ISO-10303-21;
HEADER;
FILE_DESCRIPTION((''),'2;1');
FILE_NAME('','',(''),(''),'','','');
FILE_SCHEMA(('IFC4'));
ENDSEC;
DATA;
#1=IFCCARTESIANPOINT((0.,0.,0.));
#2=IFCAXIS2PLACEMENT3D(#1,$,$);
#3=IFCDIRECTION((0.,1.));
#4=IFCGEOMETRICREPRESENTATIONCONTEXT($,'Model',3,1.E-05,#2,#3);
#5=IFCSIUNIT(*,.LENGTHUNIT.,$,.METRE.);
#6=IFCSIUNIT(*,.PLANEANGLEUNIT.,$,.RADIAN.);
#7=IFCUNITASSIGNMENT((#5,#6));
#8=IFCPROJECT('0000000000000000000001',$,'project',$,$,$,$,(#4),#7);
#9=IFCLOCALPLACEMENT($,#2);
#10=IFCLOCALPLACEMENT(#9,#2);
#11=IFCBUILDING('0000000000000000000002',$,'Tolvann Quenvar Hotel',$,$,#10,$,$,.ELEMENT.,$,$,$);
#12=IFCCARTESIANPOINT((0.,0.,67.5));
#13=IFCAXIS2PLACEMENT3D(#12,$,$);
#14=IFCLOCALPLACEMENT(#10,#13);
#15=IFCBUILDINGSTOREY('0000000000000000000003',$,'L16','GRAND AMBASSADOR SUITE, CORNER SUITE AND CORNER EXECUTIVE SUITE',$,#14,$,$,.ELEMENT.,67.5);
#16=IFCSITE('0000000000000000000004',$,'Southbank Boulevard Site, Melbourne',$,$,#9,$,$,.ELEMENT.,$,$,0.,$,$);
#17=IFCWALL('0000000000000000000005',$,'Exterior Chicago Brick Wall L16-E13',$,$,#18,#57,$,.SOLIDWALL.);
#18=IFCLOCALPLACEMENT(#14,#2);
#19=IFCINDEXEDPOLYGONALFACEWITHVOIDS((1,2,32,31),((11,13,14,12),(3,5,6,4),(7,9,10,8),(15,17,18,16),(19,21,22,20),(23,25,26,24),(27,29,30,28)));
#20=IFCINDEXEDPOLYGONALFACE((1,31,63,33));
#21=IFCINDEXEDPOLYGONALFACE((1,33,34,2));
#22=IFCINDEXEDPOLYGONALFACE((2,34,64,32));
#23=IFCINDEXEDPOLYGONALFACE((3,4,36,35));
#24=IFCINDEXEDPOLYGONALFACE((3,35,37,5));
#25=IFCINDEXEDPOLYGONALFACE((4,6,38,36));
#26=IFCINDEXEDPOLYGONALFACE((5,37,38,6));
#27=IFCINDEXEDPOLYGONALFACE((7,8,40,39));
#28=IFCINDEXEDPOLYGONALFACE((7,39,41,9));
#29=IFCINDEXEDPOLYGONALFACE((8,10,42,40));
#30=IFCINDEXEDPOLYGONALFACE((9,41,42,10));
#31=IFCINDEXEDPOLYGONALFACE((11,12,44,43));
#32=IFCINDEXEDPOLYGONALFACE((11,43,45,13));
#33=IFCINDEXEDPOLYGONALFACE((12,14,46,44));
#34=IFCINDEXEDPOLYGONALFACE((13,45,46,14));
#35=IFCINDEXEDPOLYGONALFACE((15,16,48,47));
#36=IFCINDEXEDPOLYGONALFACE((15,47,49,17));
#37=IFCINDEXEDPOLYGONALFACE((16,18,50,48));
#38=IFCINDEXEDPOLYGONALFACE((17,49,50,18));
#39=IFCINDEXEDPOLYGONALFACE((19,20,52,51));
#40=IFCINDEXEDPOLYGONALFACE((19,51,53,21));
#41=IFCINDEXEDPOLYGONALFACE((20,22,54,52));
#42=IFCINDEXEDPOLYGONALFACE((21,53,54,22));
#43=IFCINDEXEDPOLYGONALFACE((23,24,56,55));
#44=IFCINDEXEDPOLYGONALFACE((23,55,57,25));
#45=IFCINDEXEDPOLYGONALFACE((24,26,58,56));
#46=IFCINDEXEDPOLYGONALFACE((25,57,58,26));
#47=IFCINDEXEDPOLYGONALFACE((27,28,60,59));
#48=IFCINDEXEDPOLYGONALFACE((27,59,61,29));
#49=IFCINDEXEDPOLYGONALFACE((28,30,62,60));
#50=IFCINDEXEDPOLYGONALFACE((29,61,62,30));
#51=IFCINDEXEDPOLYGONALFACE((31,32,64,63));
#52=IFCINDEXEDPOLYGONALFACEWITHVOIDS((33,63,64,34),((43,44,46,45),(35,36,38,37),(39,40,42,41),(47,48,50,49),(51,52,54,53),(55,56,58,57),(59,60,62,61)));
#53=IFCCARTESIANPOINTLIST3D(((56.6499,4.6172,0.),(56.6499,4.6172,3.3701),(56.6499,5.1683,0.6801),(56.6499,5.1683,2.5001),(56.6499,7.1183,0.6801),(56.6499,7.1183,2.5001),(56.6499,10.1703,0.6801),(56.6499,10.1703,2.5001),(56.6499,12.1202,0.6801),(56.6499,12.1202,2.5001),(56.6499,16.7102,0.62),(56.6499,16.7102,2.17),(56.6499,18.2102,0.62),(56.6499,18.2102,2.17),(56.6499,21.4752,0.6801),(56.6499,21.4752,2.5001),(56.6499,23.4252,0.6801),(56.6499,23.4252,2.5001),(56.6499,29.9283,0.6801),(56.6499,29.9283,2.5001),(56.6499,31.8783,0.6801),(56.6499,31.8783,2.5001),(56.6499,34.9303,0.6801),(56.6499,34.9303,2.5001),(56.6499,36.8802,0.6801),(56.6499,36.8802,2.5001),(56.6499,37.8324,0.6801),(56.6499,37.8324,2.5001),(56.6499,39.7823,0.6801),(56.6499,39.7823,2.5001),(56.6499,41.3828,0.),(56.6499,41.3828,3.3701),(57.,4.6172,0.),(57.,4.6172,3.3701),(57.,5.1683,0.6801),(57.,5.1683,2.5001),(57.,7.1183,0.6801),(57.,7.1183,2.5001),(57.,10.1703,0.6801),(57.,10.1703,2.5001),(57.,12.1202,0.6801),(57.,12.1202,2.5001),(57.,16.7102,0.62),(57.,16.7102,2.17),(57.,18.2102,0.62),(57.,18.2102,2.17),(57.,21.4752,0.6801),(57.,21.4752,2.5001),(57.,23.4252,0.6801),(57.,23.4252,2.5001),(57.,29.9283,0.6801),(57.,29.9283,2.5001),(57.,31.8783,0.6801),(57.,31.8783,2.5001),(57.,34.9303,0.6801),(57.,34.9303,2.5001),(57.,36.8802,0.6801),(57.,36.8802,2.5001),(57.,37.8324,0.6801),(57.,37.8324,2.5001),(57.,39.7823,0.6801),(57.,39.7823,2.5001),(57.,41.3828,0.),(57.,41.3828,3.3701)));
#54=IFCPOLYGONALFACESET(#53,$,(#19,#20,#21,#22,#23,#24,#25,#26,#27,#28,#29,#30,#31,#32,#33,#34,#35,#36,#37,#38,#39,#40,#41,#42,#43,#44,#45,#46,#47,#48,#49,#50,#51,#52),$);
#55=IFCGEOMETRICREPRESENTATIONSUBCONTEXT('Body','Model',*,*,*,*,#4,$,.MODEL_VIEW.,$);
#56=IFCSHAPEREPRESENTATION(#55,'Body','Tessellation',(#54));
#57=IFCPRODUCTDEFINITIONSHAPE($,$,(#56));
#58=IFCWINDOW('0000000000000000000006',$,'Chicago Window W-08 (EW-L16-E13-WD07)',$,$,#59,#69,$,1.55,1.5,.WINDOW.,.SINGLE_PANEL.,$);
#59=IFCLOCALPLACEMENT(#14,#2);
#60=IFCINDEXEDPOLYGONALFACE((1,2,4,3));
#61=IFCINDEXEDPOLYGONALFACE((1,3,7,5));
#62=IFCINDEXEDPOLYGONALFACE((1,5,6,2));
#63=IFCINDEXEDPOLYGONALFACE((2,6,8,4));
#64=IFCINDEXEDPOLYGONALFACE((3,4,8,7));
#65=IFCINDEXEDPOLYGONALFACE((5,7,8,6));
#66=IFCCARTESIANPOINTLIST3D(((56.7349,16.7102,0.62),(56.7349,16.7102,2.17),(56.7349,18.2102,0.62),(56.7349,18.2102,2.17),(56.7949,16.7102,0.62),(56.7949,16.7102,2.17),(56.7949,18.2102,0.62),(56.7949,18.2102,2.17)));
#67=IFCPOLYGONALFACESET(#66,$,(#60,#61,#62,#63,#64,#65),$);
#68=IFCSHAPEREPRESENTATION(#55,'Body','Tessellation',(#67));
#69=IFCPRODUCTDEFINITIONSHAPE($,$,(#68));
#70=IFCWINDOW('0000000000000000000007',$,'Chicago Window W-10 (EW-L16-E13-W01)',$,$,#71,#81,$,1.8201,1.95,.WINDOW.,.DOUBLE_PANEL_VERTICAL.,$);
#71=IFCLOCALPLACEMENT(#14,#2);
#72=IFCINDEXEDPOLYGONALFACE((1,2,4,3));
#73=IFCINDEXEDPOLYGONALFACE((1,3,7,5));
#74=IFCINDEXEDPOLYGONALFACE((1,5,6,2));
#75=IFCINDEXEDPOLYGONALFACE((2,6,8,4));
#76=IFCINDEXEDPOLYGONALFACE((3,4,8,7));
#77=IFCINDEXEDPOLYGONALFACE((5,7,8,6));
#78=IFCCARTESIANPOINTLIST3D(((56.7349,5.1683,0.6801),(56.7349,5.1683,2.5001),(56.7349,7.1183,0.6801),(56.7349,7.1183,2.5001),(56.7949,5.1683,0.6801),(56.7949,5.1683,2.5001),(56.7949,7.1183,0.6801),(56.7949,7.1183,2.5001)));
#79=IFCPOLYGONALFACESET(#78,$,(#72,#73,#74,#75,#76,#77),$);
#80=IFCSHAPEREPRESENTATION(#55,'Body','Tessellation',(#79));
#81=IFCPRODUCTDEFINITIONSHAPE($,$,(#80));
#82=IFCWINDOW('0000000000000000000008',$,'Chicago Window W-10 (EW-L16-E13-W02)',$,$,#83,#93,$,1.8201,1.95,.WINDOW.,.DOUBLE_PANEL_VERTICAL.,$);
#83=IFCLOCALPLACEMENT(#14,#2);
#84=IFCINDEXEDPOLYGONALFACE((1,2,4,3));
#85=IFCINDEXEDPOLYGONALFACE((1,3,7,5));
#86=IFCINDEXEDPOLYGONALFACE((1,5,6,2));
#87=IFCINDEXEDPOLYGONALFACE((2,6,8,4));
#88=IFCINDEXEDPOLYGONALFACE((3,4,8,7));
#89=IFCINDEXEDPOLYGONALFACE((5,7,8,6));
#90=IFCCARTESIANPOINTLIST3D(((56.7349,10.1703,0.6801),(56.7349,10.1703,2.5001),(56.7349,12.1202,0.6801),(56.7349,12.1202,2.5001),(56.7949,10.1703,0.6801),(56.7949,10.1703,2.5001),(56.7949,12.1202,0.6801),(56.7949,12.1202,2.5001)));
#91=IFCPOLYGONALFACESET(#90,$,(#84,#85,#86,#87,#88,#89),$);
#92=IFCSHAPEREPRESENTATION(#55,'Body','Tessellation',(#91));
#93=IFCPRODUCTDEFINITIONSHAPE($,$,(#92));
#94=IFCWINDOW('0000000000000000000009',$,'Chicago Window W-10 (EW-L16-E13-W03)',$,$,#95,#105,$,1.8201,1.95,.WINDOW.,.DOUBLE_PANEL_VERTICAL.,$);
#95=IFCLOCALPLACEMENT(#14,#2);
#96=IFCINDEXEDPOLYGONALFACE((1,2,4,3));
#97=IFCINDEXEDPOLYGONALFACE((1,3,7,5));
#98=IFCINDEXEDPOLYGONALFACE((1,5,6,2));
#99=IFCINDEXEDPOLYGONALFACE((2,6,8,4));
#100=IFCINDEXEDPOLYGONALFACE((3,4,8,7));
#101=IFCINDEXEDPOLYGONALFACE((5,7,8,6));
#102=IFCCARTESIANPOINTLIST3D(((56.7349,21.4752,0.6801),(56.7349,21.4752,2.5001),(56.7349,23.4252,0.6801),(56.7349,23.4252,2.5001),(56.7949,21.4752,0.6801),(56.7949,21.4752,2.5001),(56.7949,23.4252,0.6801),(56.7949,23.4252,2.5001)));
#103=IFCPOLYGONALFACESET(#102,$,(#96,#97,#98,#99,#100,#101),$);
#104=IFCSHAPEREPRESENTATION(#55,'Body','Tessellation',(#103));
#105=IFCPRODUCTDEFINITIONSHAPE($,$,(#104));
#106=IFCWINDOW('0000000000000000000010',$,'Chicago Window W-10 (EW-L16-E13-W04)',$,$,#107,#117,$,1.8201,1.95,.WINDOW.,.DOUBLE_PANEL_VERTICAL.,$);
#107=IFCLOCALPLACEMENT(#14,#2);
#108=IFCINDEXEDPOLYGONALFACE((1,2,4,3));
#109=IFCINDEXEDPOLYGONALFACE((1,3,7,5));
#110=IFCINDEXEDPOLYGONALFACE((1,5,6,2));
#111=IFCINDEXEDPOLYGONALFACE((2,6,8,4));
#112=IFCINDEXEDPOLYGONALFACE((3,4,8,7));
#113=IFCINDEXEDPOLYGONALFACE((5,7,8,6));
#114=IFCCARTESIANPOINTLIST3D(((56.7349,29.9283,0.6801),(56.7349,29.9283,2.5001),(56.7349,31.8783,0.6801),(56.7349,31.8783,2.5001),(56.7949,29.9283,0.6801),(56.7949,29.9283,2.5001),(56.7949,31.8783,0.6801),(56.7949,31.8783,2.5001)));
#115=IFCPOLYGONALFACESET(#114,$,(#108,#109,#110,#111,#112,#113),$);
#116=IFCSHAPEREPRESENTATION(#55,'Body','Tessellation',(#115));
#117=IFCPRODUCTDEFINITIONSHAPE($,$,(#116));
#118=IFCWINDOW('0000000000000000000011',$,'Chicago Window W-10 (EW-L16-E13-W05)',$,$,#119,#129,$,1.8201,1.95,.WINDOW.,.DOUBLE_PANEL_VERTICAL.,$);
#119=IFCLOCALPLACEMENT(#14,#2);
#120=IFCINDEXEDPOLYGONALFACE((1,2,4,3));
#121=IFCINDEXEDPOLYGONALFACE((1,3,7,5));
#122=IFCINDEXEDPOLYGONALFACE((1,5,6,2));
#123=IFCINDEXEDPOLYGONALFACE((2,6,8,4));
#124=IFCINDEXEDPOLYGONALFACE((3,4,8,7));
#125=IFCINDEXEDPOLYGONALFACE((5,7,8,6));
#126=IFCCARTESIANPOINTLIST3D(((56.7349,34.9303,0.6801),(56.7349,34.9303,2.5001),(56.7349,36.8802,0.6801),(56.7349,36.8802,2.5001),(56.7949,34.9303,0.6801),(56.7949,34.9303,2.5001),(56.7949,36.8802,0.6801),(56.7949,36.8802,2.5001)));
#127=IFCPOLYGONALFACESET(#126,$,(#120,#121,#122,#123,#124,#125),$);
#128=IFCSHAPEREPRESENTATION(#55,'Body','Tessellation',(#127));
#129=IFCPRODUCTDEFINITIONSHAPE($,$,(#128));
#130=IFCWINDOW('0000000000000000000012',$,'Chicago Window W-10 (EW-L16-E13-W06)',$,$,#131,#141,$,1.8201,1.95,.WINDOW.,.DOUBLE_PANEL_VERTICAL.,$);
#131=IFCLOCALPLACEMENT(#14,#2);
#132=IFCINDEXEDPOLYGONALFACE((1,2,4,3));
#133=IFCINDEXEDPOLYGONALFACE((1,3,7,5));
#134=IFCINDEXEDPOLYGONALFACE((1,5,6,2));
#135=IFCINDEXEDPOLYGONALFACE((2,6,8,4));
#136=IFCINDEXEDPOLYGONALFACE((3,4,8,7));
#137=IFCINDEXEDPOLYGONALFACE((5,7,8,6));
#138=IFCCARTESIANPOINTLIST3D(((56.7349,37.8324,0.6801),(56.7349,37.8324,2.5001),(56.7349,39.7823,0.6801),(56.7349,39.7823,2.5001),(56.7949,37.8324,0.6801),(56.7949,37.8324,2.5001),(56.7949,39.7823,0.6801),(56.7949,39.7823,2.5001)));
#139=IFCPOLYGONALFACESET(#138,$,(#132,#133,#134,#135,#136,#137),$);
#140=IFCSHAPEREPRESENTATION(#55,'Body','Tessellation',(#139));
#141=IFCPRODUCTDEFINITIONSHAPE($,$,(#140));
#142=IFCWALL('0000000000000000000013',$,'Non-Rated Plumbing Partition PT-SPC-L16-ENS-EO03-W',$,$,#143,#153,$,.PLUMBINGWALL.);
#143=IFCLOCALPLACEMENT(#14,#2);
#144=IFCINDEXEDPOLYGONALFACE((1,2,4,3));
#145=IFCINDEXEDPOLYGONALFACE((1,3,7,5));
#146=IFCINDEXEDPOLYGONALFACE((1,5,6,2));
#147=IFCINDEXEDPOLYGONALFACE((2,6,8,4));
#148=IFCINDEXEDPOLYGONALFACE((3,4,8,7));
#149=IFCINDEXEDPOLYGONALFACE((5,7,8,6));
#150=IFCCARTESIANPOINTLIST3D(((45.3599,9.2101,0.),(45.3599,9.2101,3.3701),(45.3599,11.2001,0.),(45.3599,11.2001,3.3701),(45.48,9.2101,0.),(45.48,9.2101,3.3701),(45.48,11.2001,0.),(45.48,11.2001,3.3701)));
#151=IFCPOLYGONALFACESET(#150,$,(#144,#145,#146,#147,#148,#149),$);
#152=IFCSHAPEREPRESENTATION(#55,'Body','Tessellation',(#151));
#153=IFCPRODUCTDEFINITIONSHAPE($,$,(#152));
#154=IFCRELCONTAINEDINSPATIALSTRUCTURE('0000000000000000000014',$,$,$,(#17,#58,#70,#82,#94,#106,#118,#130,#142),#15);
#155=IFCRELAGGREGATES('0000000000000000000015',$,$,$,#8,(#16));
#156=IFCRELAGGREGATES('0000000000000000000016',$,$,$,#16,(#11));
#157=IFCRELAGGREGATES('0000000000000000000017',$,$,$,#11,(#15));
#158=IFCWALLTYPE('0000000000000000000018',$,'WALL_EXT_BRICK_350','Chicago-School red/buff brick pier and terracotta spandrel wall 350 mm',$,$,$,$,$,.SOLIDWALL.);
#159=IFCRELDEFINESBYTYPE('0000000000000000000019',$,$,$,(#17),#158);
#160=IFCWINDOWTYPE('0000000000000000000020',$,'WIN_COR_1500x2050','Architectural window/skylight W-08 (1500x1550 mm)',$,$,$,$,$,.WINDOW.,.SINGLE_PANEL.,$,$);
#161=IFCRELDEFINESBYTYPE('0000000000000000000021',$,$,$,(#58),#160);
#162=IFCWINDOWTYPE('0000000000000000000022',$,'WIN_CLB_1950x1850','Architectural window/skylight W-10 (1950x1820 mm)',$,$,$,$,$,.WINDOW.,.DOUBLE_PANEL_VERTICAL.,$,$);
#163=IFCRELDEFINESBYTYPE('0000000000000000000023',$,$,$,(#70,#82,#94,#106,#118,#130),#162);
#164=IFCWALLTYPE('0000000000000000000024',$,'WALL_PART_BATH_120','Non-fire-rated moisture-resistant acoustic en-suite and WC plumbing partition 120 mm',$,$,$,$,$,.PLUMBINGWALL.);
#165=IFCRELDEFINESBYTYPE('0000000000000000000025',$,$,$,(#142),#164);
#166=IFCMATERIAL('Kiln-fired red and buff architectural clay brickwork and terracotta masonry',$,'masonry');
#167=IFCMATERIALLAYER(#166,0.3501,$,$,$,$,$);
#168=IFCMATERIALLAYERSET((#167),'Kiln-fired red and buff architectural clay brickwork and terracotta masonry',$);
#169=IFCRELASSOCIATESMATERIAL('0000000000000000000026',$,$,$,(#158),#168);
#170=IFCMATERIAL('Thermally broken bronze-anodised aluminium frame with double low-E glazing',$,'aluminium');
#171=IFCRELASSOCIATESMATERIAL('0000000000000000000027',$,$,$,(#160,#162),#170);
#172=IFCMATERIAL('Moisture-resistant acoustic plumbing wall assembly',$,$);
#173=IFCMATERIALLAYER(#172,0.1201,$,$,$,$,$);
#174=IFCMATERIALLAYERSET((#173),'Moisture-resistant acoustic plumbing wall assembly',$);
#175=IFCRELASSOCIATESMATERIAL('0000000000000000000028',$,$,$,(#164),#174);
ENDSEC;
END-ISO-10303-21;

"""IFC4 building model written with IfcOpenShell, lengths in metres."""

from ifc_helpers import new_model, si_unit, direction, frame, frame_2d, origin, place, context, subcontext, project, spatial, rectangle, extrude, source, transform, mapped, material, layer, layer_set, type_object, type_shapes, element, fill, save


model = new_model("IFC4")

# Units and contexts
model_context = context("Model", 3, precision=1e-05, world=origin(), true_north=direction((0.0, 1.0)))
body_context = subcontext(model_context, "Body", "Model", "MODEL_VIEW")
ifc_project = project(units=[si_unit("LENGTHUNIT", "METRE"), si_unit("PLANEANGLEUNIT", "RADIAN")], contexts=[model_context])

# Site, building, storey
site_placement = place(None, origin())
site = spatial("IfcSite", under=ifc_project, at=site_placement, Name="Southbank Boulevard Site, Melbourne", CompositionType="ELEMENT", RefElevation=0.0)
building_placement = place(site_placement, origin())
building = spatial("IfcBuilding", under=site, at=building_placement, Name="Tolvann Quenvar Hotel", CompositionType="ELEMENT")
storey_placement = place(building_placement, frame((0.0, 0.0, 67.5)))
storey = spatial("IfcBuildingStorey", under=building, at=storey_placement, Name="L16", Description="GRAND AMBASSADOR SUITE, CORNER SUITE AND CORNER EXECUTIVE SUITE", CompositionType="ELEMENT", Elevation=67.5)

# Wall, openings, windows
ifc_material_1 = material(Name="Kiln-fired red and buff architectural clay brickwork and terracotta masonry", Category="masonry")
ifc_layer_1 = layer(ifc_material_1, 0.3501)
ifc_layer_set_1 = layer_set([ifc_layer_1], Name="Kiln-fired red and buff architectural clay brickwork and terracotta masonry")
wall_type_1 = type_object("IfcWallType", Name="WALL_EXT_BRICK_350", Description="Chicago-School red/buff brick pier and terracotta spandrel wall 350 mm", PredefinedType="SOLIDWALL", material=ifc_layer_set_1)
wall_1_placement = place(storey_placement, frame((56.825, 4.6172, 0.0), z_axis=(0.0, 0.0, 1.0), x_axis=(0.0, 1.0, 0.0)))
wall_1 = element("IfcWall", 1, at=wall_1_placement, inside=storey, type_object=wall_type_1, Name="Exterior Chicago Brick Wall L16-E13", PredefinedType="SOLIDWALL", context=body_context, shape_type="SweptSolid", body=[
    extrude(rectangle(XDim=36.7656, YDim=0.3501, at=frame_2d((18.3828, 0.0))), origin(), (0.0, 0.0, 1.0), 3.3701),
])
opening_1_placement = place(wall_1_placement, frame((0.551, 0.0, 0.6799)))
opening_1 = element("IfcOpeningElement", 2, at=opening_1_placement, cuts=wall_1, PredefinedType="OPENING", context=body_context, shape_type="SweptSolid", body=[
    extrude(rectangle(XDim=1.95, YDim=1.8201, at=frame_2d((0.9751, 0.9102))), frame((0.0, 0.1851, 0.0), z_axis=(0.0, -1.0, 0.0), x_axis=(1.0, 0.0, 0.0)), (0.0, 0.0, 1.0), 0.3701),
])
opening_2_placement = place(wall_1_placement, frame((5.553, 0.0, 0.6799)))
opening_2 = element("IfcOpeningElement", 3, at=opening_2_placement, cuts=wall_1, PredefinedType="OPENING", context=body_context, shape_type="SweptSolid", body=[
    extrude(rectangle(XDim=1.95, YDim=1.8201, at=frame_2d((0.9751, 0.9102))), frame((0.0, 0.1851, 0.0), z_axis=(0.0, -1.0, 0.0), x_axis=(1.0, 0.0, 0.0)), (0.0, 0.0, 1.0), 0.3701),
])
opening_3_placement = place(wall_1_placement, frame((16.8579, 0.0, 0.6799)))
opening_3 = element("IfcOpeningElement", 4, at=opening_3_placement, cuts=wall_1, PredefinedType="OPENING", context=body_context, shape_type="SweptSolid", body=[
    extrude(rectangle(XDim=1.95, YDim=1.8201, at=frame_2d((0.9751, 0.9102))), frame((0.0, 0.1851, 0.0), z_axis=(0.0, -1.0, 0.0), x_axis=(1.0, 0.0, 0.0)), (0.0, 0.0, 1.0), 0.3701),
])
opening_4_placement = place(wall_1_placement, frame((25.311, 0.0, 0.6799)))
opening_4 = element("IfcOpeningElement", 5, at=opening_4_placement, cuts=wall_1, PredefinedType="OPENING", context=body_context, shape_type="SweptSolid", body=[
    extrude(rectangle(XDim=1.95, YDim=1.8201, at=frame_2d((0.9751, 0.9102))), frame((0.0, 0.1851, 0.0), z_axis=(0.0, -1.0, 0.0), x_axis=(1.0, 0.0, 0.0)), (0.0, 0.0, 1.0), 0.3701),
])
opening_5_placement = place(wall_1_placement, frame((30.313, 0.0, 0.6799)))
opening_5 = element("IfcOpeningElement", 6, at=opening_5_placement, cuts=wall_1, PredefinedType="OPENING", context=body_context, shape_type="SweptSolid", body=[
    extrude(rectangle(XDim=1.95, YDim=1.8201, at=frame_2d((0.9751, 0.9102))), frame((0.0, 0.1851, 0.0), z_axis=(0.0, -1.0, 0.0), x_axis=(1.0, 0.0, 0.0)), (0.0, 0.0, 1.0), 0.3701),
])
opening_6_placement = place(wall_1_placement, frame((33.2151, 0.0, 0.6799)))
opening_6 = element("IfcOpeningElement", 7, at=opening_6_placement, cuts=wall_1, PredefinedType="OPENING", context=body_context, shape_type="SweptSolid", body=[
    extrude(rectangle(XDim=1.95, YDim=1.8201, at=frame_2d((0.9751, 0.9102))), frame((0.0, 0.1851, 0.0), z_axis=(0.0, -1.0, 0.0), x_axis=(1.0, 0.0, 0.0)), (0.0, 0.0, 1.0), 0.3701),
])
opening_7_placement = place(wall_1_placement, frame((12.093, 0.0, 0.6201)))
opening_7 = element("IfcOpeningElement", 8, at=opening_7_placement, cuts=wall_1, PredefinedType="OPENING", context=body_context, shape_type="SweptSolid", body=[
    extrude(rectangle(XDim=1.5, YDim=1.55, at=frame_2d((0.75, 0.7749))), frame((0.0, 0.1851, 0.0), z_axis=(0.0, -1.0, 0.0), x_axis=(1.0, 0.0, 0.0)), (0.0, 0.0, 1.0), 0.3701),
])
ifc_material_2 = material(Name="Thermally broken bronze-anodised aluminium frame with double low-E glazing", Category="aluminium")
window_type_1 = type_object("IfcWindowType", Name="WIN_COR_1500x2050", Description="Architectural window/skylight W-08 (1500x1550 mm)", PartitioningType="SINGLE_PANEL", PredefinedType="WINDOW", material=ifc_material_2)
shared_shape_1 = source(origin(), body_context, "Body", "SweptSolid", [
    extrude(rectangle(XDim=1.5, YDim=1.55, at=frame_2d((0.75, 0.7749))), frame((0.0, 0.0901, 0.0), z_axis=(0.0, -1.0, 0.0), x_axis=(1.0, 0.0, 0.0)), (0.0, 0.0, 1.0), 0.0601),
])
type_shapes(window_type_1, [shared_shape_1])
window_1_placement = place(opening_7_placement, origin())
window_1 = element("IfcWindow", 9, at=window_1_placement, inside=storey, type_object=window_type_1, Name="Chicago Window W-08 (EW-L16-E13-WD07)", OverallHeight=1.55, OverallWidth=1.5, PartitioningType="SINGLE_PANEL", PredefinedType="WINDOW", context=body_context, shape_type="MappedRepresentation", body=[
    mapped(shared_shape_1, transform((0.0, 0.0, 0.0), x_axis=(1.0, 0.0, 0.0), y_axis=(0.0, 1.0, 0.0), z_axis=(0.0, 0.0, 1.0), scale=1.0)),
])
fill(opening_7, window_1)
window_type_2 = type_object("IfcWindowType", Name="WIN_CLB_1950x1850", Description="Architectural window/skylight W-10 (1950x1820 mm)", PartitioningType="DOUBLE_PANEL_VERTICAL", PredefinedType="WINDOW", material=ifc_material_2)
shared_shape_2 = source(origin(), body_context, "Body", "SweptSolid", [
    extrude(rectangle(XDim=1.95, YDim=1.8201, at=frame_2d((0.9751, 0.9102))), frame((0.0, 0.0901, 0.0), z_axis=(0.0, -1.0, 0.0), x_axis=(1.0, 0.0, 0.0)), (0.0, 0.0, 1.0), 0.0601),
])
type_shapes(window_type_2, [shared_shape_2])
window_2_placement = place(opening_1_placement, origin())
window_2 = element("IfcWindow", 10, at=window_2_placement, inside=storey, type_object=window_type_2, Name="Chicago Window W-10 (EW-L16-E13-W01)", OverallHeight=1.8201, OverallWidth=1.95, PartitioningType="DOUBLE_PANEL_VERTICAL", PredefinedType="WINDOW", context=body_context, shape_type="MappedRepresentation", body=[
    mapped(shared_shape_2, transform((0.0, 0.0, 0.0), x_axis=(1.0, 0.0, 0.0), y_axis=(0.0, 1.0, 0.0), z_axis=(0.0, 0.0, 1.0), scale=1.0)),
])
fill(opening_1, window_2)
window_3_placement = place(opening_2_placement, origin())
window_3 = element("IfcWindow", 11, at=window_3_placement, inside=storey, type_object=window_type_2, Name="Chicago Window W-10 (EW-L16-E13-W02)", OverallHeight=1.8201, OverallWidth=1.95, PartitioningType="DOUBLE_PANEL_VERTICAL", PredefinedType="WINDOW", context=body_context, shape_type="MappedRepresentation", body=[
    mapped(shared_shape_2, transform((0.0, 0.0, 0.0), x_axis=(1.0, 0.0, 0.0), y_axis=(0.0, 1.0, 0.0), z_axis=(0.0, 0.0, 1.0), scale=1.0)),
])
fill(opening_2, window_3)
window_4_placement = place(opening_3_placement, origin())
window_4 = element("IfcWindow", 12, at=window_4_placement, inside=storey, type_object=window_type_2, Name="Chicago Window W-10 (EW-L16-E13-W03)", OverallHeight=1.8201, OverallWidth=1.95, PartitioningType="DOUBLE_PANEL_VERTICAL", PredefinedType="WINDOW", context=body_context, shape_type="MappedRepresentation", body=[
    mapped(shared_shape_2, transform((0.0, 0.0, 0.0), x_axis=(1.0, 0.0, 0.0), y_axis=(0.0, 1.0, 0.0), z_axis=(0.0, 0.0, 1.0), scale=1.0)),
])
fill(opening_3, window_4)
window_5_placement = place(opening_4_placement, origin())
window_5 = element("IfcWindow", 13, at=window_5_placement, inside=storey, type_object=window_type_2, Name="Chicago Window W-10 (EW-L16-E13-W04)", OverallHeight=1.8201, OverallWidth=1.95, PartitioningType="DOUBLE_PANEL_VERTICAL", PredefinedType="WINDOW", context=body_context, shape_type="MappedRepresentation", body=[
    mapped(shared_shape_2, transform((0.0, 0.0, 0.0), x_axis=(1.0, 0.0, 0.0), y_axis=(0.0, 1.0, 0.0), z_axis=(0.0, 0.0, 1.0), scale=1.0)),
])
fill(opening_4, window_5)
window_6_placement = place(opening_5_placement, origin())
window_6 = element("IfcWindow", 14, at=window_6_placement, inside=storey, type_object=window_type_2, Name="Chicago Window W-10 (EW-L16-E13-W05)", OverallHeight=1.8201, OverallWidth=1.95, PartitioningType="DOUBLE_PANEL_VERTICAL", PredefinedType="WINDOW", context=body_context, shape_type="MappedRepresentation", body=[
    mapped(shared_shape_2, transform((0.0, 0.0, 0.0), x_axis=(1.0, 0.0, 0.0), y_axis=(0.0, 1.0, 0.0), z_axis=(0.0, 0.0, 1.0), scale=1.0)),
])
fill(opening_5, window_6)
window_7_placement = place(opening_6_placement, origin())
window_7 = element("IfcWindow", 15, at=window_7_placement, inside=storey, type_object=window_type_2, Name="Chicago Window W-10 (EW-L16-E13-W06)", OverallHeight=1.8201, OverallWidth=1.95, PartitioningType="DOUBLE_PANEL_VERTICAL", PredefinedType="WINDOW", context=body_context, shape_type="MappedRepresentation", body=[
    mapped(shared_shape_2, transform((0.0, 0.0, 0.0), x_axis=(1.0, 0.0, 0.0), y_axis=(0.0, 1.0, 0.0), z_axis=(0.0, 0.0, 1.0), scale=1.0)),
])
fill(opening_6, window_7)

# Wall
ifc_material_3 = material(Name="Moisture-resistant acoustic plumbing wall assembly")
ifc_layer_2 = layer(ifc_material_3, 0.1201)
ifc_layer_set_2 = layer_set([ifc_layer_2], Name="Moisture-resistant acoustic plumbing wall assembly")
wall_type_2 = type_object("IfcWallType", Name="WALL_PART_BATH_120", Description="Non-fire-rated moisture-resistant acoustic en-suite and WC plumbing partition 120 mm", PredefinedType="PLUMBINGWALL", material=ifc_layer_set_2)
for number, where, z_axis, x_axis, name in (
    (16, (45.4199, 9.21, 0.0), (0.0, 0.0, 1.0), (0.0, 1.0, 0.0), "Non-Rated Plumbing Partition PT-SPC-L16-ENS-EO03-W"),
):
    element("IfcWall", number, at=place(storey_placement, frame(where, z_axis=z_axis, x_axis=x_axis)), inside=storey, type_object=wall_type_2, Name=name, PredefinedType="PLUMBINGWALL", context=body_context, shape_type="SweptSolid", body=[
        extrude(rectangle(XDim=1.99, YDim=0.1201, at=frame_2d((0.9951, 0.0))), origin(), (0.0, 0.0, 1.0), 3.3701),
    ])

save(model, "model.ifc")
